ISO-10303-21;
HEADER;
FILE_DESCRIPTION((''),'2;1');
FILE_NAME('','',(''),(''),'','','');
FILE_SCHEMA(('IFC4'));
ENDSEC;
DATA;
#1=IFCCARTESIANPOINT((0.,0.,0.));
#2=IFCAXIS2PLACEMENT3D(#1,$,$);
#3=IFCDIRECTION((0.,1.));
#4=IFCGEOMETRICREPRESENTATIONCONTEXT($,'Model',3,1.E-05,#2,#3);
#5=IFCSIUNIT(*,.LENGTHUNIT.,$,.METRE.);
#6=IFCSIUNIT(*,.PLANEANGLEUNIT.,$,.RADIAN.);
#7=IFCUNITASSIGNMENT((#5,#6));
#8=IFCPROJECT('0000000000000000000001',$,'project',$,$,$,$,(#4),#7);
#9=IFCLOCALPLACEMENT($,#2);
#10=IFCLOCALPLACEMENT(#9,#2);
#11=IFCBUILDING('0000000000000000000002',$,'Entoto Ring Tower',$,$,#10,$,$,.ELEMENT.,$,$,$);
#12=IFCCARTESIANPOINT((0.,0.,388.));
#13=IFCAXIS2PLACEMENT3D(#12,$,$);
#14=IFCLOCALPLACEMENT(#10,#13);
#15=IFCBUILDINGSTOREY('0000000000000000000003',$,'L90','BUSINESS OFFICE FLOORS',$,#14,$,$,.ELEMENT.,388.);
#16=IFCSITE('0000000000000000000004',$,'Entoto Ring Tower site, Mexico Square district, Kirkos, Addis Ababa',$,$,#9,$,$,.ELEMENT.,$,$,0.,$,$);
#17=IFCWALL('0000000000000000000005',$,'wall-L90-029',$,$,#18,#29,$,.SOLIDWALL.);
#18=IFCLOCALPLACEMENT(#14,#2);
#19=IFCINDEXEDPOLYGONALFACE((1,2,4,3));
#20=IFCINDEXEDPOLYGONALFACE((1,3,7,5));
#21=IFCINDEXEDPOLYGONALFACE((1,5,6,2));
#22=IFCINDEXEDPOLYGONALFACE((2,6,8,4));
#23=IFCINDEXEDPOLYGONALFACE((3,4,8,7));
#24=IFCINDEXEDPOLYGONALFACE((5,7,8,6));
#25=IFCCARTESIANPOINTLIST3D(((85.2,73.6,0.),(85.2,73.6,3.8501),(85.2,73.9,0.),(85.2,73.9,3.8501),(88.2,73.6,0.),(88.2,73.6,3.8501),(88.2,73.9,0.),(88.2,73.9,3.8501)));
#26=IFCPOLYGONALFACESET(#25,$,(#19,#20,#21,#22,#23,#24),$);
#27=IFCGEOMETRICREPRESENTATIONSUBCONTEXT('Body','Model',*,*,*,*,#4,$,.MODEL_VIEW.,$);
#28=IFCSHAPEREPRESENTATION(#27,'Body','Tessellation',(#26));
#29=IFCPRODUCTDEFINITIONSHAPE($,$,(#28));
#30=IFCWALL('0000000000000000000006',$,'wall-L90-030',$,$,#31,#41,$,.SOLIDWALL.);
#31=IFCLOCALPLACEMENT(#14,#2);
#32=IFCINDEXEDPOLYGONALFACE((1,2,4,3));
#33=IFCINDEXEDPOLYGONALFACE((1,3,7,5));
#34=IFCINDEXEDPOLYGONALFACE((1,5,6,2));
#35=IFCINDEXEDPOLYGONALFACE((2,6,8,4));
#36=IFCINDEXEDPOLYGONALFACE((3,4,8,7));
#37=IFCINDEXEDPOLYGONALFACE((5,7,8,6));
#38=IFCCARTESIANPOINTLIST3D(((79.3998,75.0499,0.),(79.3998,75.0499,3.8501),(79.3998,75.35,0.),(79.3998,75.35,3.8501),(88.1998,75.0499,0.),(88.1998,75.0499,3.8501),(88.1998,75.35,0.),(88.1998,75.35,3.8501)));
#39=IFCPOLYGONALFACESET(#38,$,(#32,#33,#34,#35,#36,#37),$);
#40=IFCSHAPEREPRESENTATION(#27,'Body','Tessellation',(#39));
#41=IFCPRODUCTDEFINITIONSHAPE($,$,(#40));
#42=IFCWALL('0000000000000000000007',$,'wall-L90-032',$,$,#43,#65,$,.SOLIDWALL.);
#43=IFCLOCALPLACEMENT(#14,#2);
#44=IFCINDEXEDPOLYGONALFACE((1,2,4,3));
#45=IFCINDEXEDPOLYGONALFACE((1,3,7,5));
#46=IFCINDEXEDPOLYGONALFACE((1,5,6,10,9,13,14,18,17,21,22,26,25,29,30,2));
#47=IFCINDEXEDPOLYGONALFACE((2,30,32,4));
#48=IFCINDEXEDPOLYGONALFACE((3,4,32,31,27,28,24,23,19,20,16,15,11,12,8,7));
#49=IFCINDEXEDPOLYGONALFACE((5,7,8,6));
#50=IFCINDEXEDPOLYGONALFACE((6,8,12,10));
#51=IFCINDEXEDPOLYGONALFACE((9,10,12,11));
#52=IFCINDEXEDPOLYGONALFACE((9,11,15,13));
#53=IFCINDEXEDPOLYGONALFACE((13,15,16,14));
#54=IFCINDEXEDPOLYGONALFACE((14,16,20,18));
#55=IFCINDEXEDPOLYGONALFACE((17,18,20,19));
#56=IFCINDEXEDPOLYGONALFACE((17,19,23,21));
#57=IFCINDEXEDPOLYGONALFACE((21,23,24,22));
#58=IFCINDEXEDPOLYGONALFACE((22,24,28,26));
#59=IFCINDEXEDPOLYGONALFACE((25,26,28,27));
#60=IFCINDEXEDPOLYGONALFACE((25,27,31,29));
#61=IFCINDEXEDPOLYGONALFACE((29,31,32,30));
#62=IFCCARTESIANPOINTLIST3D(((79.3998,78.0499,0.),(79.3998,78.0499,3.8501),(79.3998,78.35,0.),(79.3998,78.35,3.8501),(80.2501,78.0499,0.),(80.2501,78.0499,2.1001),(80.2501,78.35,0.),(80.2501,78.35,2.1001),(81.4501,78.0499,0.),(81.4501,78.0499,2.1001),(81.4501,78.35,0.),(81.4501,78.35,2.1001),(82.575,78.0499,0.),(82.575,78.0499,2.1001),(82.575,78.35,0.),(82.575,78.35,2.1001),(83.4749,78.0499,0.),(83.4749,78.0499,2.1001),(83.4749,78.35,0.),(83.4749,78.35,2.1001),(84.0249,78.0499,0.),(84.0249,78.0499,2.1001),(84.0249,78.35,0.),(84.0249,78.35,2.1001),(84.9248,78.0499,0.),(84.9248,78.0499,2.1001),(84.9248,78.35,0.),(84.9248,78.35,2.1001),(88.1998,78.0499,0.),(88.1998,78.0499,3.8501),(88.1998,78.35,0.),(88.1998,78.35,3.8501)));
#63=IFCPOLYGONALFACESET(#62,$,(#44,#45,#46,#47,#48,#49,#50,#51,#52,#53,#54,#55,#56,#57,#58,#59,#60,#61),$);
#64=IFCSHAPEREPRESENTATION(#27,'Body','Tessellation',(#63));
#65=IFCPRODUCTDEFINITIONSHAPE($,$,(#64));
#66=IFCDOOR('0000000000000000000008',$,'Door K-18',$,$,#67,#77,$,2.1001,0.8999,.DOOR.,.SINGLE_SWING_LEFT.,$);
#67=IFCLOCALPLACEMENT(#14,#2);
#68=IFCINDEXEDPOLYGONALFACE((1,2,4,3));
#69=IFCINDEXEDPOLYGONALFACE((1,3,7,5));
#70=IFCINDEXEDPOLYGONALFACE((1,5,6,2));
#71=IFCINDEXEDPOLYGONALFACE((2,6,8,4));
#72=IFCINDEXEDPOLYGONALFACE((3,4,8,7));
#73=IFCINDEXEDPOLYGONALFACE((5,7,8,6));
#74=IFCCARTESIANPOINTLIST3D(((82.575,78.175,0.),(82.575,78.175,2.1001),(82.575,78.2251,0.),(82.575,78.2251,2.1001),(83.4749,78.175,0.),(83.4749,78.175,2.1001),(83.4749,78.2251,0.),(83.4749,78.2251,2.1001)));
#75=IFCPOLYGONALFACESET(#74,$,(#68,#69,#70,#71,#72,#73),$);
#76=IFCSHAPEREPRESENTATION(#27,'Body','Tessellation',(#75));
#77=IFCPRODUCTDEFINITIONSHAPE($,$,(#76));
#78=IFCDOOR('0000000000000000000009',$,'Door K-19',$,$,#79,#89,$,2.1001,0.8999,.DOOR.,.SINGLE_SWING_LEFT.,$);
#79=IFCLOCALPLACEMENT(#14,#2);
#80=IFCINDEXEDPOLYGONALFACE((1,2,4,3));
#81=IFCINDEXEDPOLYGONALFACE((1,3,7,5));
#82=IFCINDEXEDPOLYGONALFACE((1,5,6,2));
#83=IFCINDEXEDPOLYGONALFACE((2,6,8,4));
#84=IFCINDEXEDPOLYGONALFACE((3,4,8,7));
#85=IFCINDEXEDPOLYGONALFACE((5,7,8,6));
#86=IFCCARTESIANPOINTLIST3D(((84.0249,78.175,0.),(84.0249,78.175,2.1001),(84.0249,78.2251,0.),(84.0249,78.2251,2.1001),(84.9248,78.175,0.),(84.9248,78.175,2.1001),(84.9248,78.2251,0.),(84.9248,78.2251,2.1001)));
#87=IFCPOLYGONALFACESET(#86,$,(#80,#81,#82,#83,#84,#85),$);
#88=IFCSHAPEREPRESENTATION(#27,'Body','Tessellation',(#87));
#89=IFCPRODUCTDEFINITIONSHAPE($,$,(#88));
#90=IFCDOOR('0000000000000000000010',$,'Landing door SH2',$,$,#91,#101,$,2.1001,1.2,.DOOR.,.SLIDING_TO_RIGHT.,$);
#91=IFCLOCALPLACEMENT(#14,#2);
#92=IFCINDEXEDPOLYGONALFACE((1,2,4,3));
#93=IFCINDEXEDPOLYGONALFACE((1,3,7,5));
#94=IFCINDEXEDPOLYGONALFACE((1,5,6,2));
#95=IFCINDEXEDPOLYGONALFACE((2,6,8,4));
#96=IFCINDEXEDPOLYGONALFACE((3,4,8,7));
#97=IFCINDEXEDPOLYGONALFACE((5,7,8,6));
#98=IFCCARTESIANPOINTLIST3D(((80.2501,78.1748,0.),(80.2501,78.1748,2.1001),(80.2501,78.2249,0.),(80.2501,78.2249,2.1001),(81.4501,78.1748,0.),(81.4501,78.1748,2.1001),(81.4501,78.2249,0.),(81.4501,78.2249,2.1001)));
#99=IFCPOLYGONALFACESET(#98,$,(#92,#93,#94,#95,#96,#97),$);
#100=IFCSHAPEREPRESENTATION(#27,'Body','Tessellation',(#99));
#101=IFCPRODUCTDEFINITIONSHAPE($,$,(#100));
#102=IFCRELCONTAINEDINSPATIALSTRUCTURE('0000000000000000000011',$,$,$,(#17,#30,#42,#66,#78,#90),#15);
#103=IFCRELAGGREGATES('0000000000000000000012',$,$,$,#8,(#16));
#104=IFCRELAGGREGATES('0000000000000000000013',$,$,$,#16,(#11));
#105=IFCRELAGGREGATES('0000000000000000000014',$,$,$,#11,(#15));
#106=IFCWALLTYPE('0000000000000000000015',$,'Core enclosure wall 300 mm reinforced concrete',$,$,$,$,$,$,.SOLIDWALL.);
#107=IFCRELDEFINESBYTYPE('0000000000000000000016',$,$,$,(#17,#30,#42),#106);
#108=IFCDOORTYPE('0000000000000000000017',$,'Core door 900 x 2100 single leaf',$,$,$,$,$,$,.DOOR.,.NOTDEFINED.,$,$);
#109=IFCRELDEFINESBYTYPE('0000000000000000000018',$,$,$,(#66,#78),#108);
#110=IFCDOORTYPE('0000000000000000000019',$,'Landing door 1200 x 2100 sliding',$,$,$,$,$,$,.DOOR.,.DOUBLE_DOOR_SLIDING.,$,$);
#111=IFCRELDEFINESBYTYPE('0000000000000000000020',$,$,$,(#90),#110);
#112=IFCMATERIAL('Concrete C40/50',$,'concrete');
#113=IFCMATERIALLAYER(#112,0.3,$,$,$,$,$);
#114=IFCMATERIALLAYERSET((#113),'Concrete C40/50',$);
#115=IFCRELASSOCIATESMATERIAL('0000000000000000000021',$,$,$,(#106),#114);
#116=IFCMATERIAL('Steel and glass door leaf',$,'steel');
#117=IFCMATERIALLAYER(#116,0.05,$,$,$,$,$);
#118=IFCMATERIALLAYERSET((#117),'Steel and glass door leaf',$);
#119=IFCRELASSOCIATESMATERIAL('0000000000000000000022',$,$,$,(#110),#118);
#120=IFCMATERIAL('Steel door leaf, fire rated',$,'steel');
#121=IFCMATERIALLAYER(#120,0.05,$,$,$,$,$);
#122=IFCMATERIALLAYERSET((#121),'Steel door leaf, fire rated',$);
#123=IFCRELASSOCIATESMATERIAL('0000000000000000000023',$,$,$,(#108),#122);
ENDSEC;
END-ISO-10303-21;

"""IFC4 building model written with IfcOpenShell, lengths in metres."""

from ifc_helpers import new_model, si_unit, direction, frame, frame_2d, origin, place, context, subcontext, project, spatial, rectangle, extrude, material, layer, layer_set, type_object, element, fill, save


model = new_model("IFC4")

# Units and contexts
model_context = context("Model", 3, precision=1e-05, world=origin(), true_north=direction((0.0, 1.0)))
body_context = subcontext(model_context, "Body", "Model", "MODEL_VIEW")
ifc_project = project(units=[si_unit("LENGTHUNIT", "METRE"), si_unit("PLANEANGLEUNIT", "RADIAN")], contexts=[model_context])

# Site, building, storey
site_placement = place(None, origin())
site = spatial("IfcSite", under=ifc_project, at=site_placement, Name="Entoto Ring Tower site, Mexico Square district, Kirkos, Addis Ababa", CompositionType="ELEMENT", RefElevation=0.0)
building_placement = place(site_placement, origin())
building = spatial("IfcBuilding", under=site, at=building_placement, Name="Entoto Ring Tower", CompositionType="ELEMENT")
storey_placement = place(building_placement, frame((0.0, 0.0, 388.0)))
storey = spatial("IfcBuildingStorey", under=building, at=storey_placement, Name="L90", Description="BUSINESS OFFICE FLOORS", CompositionType="ELEMENT", Elevation=388.0)

# Shared definitions
ifc_material_1 = material(Name="Concrete C40/50", Category="concrete")
ifc_layer_1 = layer(ifc_material_1, 0.3)
ifc_layer_set_1 = layer_set([ifc_layer_1], Name="Concrete C40/50")
wall_type_1 = type_object("IfcWallType", Name="Core enclosure wall 300 mm reinforced concrete", PredefinedType="SOLIDWALL", material=ifc_layer_set_1)
ifc_material_2 = material(Name="Steel and glass door leaf", Category="steel")
ifc_layer_2 = layer(ifc_material_2, 0.05)
ifc_layer_set_2 = layer_set([ifc_layer_2], Name="Steel and glass door leaf")
door_type_1 = type_object("IfcDoorType", Name="Landing door 1200 x 2100 sliding", OperationType="DOUBLE_DOOR_SLIDING", PredefinedType="DOOR", material=ifc_layer_set_2)

# Walls
wall_1_placement = place(storey_placement, frame((85.2, 73.75, 0.0), z_axis=(0.0, 0.0, 1.0), x_axis=(1.0, 0.0, 0.0)))
element("IfcWall", 1, at=wall_1_placement, inside=storey, type_object=wall_type_1, Name="wall-L90-029", PredefinedType="SOLIDWALL", context=body_context, shape_type="SweptSolid", body=[
    extrude(rectangle(XDim=3.0, YDim=0.3, at=frame_2d((1.5, 0.0))), origin(), (0.0, 0.0, 1.0), 3.8501),
])
wall_2_placement = place(storey_placement, frame((79.3999, 75.2, 0.0), z_axis=(0.0, 0.0, 1.0), x_axis=(1.0, 0.0, 0.0)))
element("IfcWall", 2, at=wall_2_placement, inside=storey, type_object=wall_type_1, Name="wall-L90-030", PredefinedType="SOLIDWALL", context=body_context, shape_type="SweptSolid", body=[
    extrude(rectangle(XDim=8.8, YDim=0.3, at=frame_2d((4.3999, 0.0))), origin(), (0.0, 0.0, 1.0), 3.8501),
])

# Wall, openings, doors
wall_3_placement = place(storey_placement, frame((79.3999, 78.2, 0.0), z_axis=(0.0, 0.0, 1.0), x_axis=(1.0, 0.0, 0.0)))
wall_3 = element("IfcWall", 3, at=wall_3_placement, inside=storey, type_object=wall_type_1, Name="wall-L90-032", PredefinedType="SOLIDWALL", context=body_context, shape_type="SweptSolid", body=[
    extrude(rectangle(XDim=8.8, YDim=0.3, at=frame_2d((4.3999, 0.0))), origin(), (0.0, 0.0, 1.0), 3.8501),
])
opening_1_placement = place(wall_3_placement, frame((0.8501, 0.0, 0.0)))
opening_1 = element("IfcOpeningElement", 4, at=opening_1_placement, cuts=wall_3, PredefinedType="OPENING", context=body_context, shape_type="SweptSolid", body=[
    extrude(rectangle(XDim=1.2, YDim=2.1001, at=frame_2d((0.6001, 1.05))), frame((0.0, 0.1602, 0.0), z_axis=(0.0, -1.0, 0.0), x_axis=(1.0, 0.0, 0.0)), (0.0, 0.0, 1.0), 0.3201),
])
opening_2_placement = place(wall_3_placement, frame((3.175, 0.0, 0.0)))
opening_2 = element("IfcOpeningElement", 5, at=opening_2_placement, cuts=wall_3, PredefinedType="OPENING", context=body_context, shape_type="SweptSolid", body=[
    extrude(rectangle(XDim=0.8999, YDim=2.1001, at=frame_2d((0.45, 1.05))), frame((0.0, 0.1602, 0.0), z_axis=(0.0, -1.0, 0.0), x_axis=(1.0, 0.0, 0.0)), (0.0, 0.0, 1.0), 0.3201),
])
opening_3_placement = place(wall_3_placement, frame((4.625, 0.0, 0.0)))
opening_3 = element("IfcOpeningElement", 6, at=opening_3_placement, cuts=wall_3, PredefinedType="OPENING", context=body_context, shape_type="SweptSolid", body=[
    extrude(rectangle(XDim=0.8999, YDim=2.1001, at=frame_2d((0.45, 1.05))), frame((0.0, 0.1602, 0.0), z_axis=(0.0, -1.0, 0.0), x_axis=(1.0, 0.0, 0.0)), (0.0, 0.0, 1.0), 0.3201),
])
ifc_material_3 = material(Name="Steel door leaf, fire rated", Category="steel")
ifc_layer_3 = layer(ifc_material_3, 0.05)
ifc_layer_set_3 = layer_set([ifc_layer_3], Name="Steel door leaf, fire rated")
door_type_2 = type_object("IfcDoorType", Name="Core door 900 x 2100 single leaf", OperationType="NOTDEFINED", PredefinedType="DOOR", material=ifc_layer_set_3)
door_1_placement = place(opening_2_placement, frame((0.8999, 0.0, 0.0), z_axis=(0.0, 0.0, 1.0), x_axis=(-1.0, 0.0, 0.0)))
door_1 = element("IfcDoor", 7, at=door_1_placement, inside=storey, type_object=door_type_2, Name="Door K-18", OperationType="SINGLE_SWING_LEFT", OverallHeight=2.1001, OverallWidth=0.8999, PredefinedType="DOOR", context=body_context, shape_type="SweptSolid", body=[
    extrude(rectangle(XDim=0.8999, YDim=2.1001, at=frame_2d((0.45, 1.05))), frame((0.0, 0.0249, 0.0), z_axis=(0.0, -1.0, 0.0), x_axis=(1.0, 0.0, 0.0)), (0.0, 0.0, 1.0), 0.05),
])
fill(opening_2, door_1)
door_2_placement = place(opening_3_placement, frame((0.8999, 0.0, 0.0), z_axis=(0.0, 0.0, 1.0), x_axis=(-1.0, 0.0, 0.0)))
door_2 = element("IfcDoor", 8, at=door_2_placement, inside=storey, type_object=door_type_2, Name="Door K-19", OperationType="SINGLE_SWING_LEFT", OverallHeight=2.1001, OverallWidth=0.8999, PredefinedType="DOOR", context=body_context, shape_type="SweptSolid", body=[
    extrude(rectangle(XDim=0.8999, YDim=2.1001, at=frame_2d((0.45, 1.05))), frame((0.0, 0.0249, 0.0), z_axis=(0.0, -1.0, 0.0), x_axis=(1.0, 0.0, 0.0)), (0.0, 0.0, 1.0), 0.05),
])
fill(opening_3, door_2)
door_3_placement = place(opening_1_placement, origin())
door_3 = element("IfcDoor", 9, at=door_3_placement, inside=storey, type_object=door_type_1, Name="Landing door SH2", OperationType="SLIDING_TO_RIGHT", OverallHeight=2.1001, OverallWidth=1.2, PredefinedType="DOOR", context=body_context, shape_type="SweptSolid", body=[
    extrude(rectangle(XDim=1.2, YDim=2.1001, at=frame_2d((0.6001, 1.05))), frame((0.0, 0.0249, 0.0), z_axis=(0.0, -1.0, 0.0), x_axis=(1.0, 0.0, 0.0)), (0.0, 0.0, 1.0), 0.05),
])
fill(opening_1, door_3)

save(model, "model.ifc")
